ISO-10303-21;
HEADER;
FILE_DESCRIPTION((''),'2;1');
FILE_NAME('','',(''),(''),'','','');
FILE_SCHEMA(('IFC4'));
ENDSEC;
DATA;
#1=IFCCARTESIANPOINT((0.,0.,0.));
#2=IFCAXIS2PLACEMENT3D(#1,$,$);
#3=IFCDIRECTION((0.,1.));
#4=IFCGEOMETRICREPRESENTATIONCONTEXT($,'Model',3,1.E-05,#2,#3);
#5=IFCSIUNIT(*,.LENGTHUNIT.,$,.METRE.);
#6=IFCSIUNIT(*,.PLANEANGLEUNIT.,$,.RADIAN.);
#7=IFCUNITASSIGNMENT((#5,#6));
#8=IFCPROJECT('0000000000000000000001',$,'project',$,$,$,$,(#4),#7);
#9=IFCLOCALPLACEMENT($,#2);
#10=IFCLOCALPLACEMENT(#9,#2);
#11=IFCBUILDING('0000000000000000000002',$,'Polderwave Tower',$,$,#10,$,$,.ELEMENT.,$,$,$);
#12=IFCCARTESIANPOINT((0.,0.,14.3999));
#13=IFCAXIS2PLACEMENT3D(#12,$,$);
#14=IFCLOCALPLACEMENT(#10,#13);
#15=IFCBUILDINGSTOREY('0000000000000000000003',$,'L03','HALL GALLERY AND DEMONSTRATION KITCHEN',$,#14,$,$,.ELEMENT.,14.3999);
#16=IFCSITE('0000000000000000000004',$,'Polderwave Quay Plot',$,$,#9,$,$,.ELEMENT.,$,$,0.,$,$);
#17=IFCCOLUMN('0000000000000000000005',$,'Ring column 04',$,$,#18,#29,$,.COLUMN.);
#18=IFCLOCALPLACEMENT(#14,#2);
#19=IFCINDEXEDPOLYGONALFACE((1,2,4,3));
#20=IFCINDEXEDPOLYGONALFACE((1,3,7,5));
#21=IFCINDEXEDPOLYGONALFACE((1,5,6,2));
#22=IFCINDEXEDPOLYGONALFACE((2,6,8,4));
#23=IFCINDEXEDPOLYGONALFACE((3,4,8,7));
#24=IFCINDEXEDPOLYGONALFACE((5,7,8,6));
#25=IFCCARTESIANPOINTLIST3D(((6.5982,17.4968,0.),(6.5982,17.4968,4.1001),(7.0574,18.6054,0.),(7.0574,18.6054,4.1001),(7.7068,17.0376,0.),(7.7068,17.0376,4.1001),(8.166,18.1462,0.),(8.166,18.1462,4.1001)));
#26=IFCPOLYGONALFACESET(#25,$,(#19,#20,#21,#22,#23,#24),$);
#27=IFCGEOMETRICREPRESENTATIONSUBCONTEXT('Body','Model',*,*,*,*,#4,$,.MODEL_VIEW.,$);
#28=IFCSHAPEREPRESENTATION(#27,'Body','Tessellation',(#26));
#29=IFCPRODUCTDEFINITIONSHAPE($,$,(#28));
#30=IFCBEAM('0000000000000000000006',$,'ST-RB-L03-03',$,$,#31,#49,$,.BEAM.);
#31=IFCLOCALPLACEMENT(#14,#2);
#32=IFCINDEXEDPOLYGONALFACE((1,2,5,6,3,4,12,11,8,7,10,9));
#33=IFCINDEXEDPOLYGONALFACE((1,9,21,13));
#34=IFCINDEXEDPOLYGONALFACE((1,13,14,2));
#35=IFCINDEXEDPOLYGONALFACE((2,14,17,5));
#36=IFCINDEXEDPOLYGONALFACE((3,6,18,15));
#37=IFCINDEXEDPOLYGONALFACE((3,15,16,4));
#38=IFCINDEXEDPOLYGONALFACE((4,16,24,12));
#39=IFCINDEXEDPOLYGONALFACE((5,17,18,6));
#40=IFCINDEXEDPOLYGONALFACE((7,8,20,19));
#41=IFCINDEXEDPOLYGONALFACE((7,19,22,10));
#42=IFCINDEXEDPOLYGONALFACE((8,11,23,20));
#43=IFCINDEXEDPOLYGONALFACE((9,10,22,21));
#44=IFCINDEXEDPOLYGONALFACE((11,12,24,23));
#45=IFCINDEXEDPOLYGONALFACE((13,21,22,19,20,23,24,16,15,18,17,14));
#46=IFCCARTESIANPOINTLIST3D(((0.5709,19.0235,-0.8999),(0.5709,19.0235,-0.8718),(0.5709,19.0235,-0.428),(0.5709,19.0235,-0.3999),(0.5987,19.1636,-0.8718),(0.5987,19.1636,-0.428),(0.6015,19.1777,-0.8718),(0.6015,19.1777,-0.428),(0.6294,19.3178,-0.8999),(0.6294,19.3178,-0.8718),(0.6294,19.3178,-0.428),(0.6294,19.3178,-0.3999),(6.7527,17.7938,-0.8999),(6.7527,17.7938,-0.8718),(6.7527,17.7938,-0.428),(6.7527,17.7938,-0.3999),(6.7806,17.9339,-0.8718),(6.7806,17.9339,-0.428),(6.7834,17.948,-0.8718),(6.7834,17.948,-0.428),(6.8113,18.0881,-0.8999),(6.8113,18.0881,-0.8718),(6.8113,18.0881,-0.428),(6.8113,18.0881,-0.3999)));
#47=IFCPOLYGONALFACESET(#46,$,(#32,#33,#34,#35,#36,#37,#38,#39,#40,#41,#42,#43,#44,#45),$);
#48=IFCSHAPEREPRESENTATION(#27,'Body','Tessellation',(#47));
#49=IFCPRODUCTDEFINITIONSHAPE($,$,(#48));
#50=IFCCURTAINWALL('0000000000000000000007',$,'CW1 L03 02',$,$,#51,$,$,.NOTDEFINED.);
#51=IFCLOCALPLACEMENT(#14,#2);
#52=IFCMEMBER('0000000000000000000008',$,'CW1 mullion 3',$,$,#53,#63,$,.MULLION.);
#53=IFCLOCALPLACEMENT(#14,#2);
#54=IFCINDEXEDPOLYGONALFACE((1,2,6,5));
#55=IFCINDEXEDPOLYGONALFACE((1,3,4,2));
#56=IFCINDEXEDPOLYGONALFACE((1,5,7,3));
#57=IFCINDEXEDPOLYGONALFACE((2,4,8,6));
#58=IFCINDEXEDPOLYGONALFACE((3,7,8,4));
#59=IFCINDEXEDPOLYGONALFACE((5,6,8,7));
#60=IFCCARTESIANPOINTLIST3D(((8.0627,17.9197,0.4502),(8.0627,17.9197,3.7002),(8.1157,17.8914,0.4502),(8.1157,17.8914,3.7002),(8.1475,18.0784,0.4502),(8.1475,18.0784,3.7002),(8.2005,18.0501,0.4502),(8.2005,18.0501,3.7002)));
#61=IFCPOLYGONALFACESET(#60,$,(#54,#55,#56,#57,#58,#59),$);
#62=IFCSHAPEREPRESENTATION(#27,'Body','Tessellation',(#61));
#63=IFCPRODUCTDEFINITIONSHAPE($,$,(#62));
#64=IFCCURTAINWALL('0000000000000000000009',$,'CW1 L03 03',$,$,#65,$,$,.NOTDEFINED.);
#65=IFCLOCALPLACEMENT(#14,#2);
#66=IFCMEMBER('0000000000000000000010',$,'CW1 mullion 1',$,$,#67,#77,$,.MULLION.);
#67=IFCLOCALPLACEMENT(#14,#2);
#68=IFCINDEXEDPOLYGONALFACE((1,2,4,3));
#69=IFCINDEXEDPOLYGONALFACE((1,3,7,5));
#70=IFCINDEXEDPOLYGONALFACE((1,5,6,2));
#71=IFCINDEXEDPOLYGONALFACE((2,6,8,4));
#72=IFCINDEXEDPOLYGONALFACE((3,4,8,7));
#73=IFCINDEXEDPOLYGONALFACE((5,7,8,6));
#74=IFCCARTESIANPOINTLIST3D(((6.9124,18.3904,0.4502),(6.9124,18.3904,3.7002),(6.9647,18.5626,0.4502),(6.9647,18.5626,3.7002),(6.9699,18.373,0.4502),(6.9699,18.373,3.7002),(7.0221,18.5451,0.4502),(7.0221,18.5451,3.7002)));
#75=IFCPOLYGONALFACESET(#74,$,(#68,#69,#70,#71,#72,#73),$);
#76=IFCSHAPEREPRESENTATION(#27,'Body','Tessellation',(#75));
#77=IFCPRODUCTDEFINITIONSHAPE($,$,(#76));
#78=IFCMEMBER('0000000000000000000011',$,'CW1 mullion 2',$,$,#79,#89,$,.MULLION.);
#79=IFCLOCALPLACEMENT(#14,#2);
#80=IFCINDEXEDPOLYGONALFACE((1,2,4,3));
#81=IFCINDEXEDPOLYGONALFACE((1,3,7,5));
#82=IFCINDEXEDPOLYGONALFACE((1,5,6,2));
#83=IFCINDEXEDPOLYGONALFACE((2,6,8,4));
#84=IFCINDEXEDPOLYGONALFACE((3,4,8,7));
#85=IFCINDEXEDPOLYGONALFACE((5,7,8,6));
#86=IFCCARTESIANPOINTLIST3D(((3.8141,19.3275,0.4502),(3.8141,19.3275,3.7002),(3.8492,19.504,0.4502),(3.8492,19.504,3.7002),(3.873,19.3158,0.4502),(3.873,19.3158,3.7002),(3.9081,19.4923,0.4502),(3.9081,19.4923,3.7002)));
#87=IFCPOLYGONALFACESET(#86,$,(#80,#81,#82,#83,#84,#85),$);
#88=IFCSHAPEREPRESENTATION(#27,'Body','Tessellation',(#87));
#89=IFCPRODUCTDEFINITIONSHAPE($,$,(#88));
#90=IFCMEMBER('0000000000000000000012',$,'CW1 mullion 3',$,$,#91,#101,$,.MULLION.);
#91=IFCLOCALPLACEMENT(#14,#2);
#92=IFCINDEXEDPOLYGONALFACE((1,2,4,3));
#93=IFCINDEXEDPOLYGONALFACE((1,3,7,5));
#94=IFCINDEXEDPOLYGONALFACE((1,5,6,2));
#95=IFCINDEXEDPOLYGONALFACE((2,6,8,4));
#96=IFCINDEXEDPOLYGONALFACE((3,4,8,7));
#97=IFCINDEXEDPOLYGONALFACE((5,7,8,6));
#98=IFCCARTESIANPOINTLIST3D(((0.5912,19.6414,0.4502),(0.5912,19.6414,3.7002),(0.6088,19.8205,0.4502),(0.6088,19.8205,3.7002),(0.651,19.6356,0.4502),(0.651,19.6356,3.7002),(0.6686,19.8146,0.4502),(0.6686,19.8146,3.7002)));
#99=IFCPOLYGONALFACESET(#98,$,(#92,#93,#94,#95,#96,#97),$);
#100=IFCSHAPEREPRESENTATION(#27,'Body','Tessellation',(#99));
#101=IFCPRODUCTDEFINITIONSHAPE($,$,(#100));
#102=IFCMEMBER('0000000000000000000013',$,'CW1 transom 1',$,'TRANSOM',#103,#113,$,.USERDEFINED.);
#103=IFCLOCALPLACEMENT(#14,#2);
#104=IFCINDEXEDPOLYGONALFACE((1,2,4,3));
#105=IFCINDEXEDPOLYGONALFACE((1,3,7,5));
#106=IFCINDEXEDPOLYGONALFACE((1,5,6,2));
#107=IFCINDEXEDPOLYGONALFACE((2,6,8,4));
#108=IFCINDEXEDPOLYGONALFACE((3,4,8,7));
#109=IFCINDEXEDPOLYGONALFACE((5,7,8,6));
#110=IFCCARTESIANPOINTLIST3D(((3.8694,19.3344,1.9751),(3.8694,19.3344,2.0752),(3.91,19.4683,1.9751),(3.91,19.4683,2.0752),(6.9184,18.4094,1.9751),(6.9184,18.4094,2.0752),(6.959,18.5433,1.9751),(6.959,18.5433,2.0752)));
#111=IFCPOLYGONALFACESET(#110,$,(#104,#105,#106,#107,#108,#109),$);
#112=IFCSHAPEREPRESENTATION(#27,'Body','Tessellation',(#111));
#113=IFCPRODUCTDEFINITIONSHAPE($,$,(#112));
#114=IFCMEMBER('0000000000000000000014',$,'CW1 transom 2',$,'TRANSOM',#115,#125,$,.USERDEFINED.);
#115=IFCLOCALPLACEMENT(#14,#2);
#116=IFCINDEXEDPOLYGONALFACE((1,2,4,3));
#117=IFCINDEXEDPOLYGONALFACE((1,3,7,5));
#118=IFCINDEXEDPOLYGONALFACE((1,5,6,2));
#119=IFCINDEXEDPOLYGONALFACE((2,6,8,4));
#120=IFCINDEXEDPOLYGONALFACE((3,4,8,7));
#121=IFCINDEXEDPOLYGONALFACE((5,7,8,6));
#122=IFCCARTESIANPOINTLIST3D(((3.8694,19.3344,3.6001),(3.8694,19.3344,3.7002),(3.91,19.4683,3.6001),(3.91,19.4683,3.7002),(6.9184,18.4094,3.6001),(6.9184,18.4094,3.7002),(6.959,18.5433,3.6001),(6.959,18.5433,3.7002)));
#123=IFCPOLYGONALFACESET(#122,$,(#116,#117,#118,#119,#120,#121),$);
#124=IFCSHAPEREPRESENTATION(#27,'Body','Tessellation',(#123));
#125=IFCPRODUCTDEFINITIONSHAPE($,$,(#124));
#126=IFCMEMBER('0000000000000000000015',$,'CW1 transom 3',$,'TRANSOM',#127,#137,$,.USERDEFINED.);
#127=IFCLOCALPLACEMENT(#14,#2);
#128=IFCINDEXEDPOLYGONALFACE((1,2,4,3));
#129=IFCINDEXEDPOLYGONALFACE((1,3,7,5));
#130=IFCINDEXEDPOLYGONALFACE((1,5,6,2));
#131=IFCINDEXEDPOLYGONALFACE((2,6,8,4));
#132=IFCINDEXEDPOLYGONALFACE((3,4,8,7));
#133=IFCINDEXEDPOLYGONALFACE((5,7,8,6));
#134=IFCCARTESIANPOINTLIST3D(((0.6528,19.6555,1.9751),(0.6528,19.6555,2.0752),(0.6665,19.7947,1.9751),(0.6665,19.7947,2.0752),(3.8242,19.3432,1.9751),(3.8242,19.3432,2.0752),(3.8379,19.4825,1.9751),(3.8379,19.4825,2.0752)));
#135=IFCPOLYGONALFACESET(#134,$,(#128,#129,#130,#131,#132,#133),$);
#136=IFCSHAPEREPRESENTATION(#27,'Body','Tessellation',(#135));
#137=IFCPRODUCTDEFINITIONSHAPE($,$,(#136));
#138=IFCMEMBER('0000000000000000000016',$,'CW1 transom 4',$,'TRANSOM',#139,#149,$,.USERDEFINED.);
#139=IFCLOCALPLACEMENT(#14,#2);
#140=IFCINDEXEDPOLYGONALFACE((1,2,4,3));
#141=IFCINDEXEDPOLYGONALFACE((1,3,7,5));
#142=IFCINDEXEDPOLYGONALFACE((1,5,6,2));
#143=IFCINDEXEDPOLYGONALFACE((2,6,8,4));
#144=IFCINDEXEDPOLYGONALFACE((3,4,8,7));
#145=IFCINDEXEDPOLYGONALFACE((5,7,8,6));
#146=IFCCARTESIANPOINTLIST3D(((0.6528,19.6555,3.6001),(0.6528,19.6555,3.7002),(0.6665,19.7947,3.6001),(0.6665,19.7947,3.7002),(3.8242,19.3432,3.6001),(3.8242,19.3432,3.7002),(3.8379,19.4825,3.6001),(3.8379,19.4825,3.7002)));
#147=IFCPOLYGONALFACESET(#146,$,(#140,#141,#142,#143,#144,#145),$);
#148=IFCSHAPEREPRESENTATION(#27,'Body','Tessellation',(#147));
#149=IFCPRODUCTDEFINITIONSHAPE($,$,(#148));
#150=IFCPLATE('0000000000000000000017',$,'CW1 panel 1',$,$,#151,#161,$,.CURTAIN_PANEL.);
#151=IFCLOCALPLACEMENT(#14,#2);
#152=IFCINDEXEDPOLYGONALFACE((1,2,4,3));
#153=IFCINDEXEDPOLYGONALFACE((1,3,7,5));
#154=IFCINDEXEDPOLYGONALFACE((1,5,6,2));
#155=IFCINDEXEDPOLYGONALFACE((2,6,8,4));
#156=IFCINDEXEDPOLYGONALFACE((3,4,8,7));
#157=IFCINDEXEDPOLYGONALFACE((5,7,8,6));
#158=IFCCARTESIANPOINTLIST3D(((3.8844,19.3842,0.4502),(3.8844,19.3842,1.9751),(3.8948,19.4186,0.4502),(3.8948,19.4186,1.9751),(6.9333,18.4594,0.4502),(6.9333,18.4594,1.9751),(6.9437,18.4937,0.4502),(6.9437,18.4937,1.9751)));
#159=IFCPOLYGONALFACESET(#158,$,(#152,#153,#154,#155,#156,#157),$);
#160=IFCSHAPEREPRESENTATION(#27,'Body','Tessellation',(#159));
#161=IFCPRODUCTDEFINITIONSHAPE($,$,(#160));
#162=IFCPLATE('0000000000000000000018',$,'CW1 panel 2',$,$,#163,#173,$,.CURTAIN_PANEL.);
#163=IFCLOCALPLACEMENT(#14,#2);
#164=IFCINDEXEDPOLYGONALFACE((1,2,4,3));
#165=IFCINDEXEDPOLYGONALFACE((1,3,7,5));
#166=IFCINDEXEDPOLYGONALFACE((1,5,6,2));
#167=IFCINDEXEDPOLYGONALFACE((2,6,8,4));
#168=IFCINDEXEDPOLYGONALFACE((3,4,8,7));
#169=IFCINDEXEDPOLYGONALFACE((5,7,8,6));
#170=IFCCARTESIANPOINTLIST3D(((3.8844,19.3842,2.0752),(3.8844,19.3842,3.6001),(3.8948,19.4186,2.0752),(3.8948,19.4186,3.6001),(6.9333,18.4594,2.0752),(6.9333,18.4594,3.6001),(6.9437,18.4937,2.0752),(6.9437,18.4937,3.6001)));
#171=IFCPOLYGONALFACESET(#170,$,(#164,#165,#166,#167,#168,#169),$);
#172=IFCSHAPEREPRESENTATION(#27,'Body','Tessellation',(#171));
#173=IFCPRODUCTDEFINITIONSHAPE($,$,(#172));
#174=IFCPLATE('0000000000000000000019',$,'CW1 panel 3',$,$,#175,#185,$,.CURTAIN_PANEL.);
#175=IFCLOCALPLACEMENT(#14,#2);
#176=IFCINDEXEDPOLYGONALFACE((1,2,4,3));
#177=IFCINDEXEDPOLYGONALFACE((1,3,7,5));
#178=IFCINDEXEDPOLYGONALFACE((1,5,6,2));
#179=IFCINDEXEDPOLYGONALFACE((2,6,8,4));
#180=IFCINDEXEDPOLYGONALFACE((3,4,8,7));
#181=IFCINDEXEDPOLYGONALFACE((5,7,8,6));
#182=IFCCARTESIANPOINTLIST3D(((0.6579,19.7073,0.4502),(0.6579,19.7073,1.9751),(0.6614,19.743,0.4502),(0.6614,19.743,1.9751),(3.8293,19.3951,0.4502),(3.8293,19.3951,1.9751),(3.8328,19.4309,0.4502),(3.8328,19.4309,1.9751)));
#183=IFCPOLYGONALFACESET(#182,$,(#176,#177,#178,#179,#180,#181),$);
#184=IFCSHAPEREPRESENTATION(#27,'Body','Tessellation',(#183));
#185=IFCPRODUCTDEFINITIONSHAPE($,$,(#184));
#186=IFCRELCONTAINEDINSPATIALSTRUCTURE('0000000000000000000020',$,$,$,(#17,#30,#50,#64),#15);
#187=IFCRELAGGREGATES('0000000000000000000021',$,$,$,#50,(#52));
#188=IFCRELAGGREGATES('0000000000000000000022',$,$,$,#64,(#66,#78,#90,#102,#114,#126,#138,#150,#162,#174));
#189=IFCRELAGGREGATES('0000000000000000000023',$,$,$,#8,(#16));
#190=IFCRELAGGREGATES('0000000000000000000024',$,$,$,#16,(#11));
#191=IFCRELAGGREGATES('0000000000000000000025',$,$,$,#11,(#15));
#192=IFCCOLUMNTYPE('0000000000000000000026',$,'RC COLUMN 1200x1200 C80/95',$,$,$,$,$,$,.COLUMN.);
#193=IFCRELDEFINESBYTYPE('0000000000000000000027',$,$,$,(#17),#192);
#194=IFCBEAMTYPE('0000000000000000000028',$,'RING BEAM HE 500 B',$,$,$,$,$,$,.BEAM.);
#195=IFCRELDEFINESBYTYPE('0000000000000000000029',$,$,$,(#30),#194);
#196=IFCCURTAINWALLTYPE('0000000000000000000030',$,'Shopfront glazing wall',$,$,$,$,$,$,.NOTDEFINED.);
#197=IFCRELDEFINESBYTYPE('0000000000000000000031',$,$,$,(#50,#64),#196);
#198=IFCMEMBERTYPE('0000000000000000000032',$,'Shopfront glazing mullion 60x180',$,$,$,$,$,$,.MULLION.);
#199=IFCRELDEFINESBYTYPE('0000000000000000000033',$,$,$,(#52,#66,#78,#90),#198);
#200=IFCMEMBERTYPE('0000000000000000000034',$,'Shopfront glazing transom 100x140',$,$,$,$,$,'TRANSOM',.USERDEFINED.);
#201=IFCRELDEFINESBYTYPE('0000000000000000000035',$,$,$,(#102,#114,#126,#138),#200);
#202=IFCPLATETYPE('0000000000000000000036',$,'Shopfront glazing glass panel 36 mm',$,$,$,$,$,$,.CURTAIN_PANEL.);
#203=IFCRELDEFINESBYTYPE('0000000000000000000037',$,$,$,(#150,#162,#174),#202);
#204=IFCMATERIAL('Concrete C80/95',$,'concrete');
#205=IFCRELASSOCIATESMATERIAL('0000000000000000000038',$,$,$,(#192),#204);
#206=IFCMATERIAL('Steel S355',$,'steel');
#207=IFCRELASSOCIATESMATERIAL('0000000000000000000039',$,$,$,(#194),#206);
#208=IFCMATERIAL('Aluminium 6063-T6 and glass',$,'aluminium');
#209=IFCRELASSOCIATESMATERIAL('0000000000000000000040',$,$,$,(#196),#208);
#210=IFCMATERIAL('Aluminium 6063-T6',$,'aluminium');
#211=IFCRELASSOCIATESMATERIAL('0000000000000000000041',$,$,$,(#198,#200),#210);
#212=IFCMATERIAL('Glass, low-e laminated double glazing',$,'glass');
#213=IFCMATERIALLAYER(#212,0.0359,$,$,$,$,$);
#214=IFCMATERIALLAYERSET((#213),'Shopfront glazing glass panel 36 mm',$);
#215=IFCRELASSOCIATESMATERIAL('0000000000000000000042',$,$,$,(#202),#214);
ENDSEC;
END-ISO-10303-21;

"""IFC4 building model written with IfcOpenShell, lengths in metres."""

from ifc_helpers import new_model, si_unit, direction, frame, origin, origin_2d, place, context, subcontext, project, spatial, rectangle, i_section, extrude, material, layer, layer_set, material_profile, profile_set, type_object, element, aggregate, save


model = new_model("IFC4")

# Units and contexts
model_context = context("Model", 3, precision=1e-05, world=origin(), true_north=direction((0.0, 1.0)))
body_context = subcontext(model_context, "Body", "Model", "MODEL_VIEW")
ifc_project = project(units=[si_unit("LENGTHUNIT", "METRE"), si_unit("PLANEANGLEUNIT", "RADIAN")], contexts=[model_context])

# Site, building, storey
site_placement = place(None, origin())
site = spatial("IfcSite", under=ifc_project, at=site_placement, Name="Polderwave Quay Plot", CompositionType="ELEMENT", RefElevation=0.0)
building_placement = place(site_placement, origin())
building = spatial("IfcBuilding", under=site, at=building_placement, Name="Polderwave Tower", CompositionType="ELEMENT")
storey_placement = place(building_placement, frame((0.0, 0.0, 14.3999)))
storey = spatial("IfcBuildingStorey", under=building, at=storey_placement, Name="L03", Description="HALL GALLERY AND DEMONSTRATION KITCHEN", CompositionType="ELEMENT", Elevation=14.3999)

# Column
ifc_material_1 = material(Name="Concrete C80/95", Category="concrete")
ifc_material_profile_1 = material_profile(ifc_material_1, rectangle(XDim=1.2, YDim=1.2, at=origin_2d()), Name="RC 1200x1200")
ifc_profile_set_1 = profile_set([ifc_material_profile_1], Name="Concrete C80/95")
column_type = type_object("IfcColumnType", Name="RC COLUMN 1200x1200 C80/95", PredefinedType="COLUMN", material=ifc_profile_set_1)
column_placement = place(storey_placement, frame((7.3821, 17.8215, 0.0), z_axis=(0.0, 0.0, 1.0), x_axis=(0.382683, 0.92388, 0.0)))
element("IfcColumn", 1, at=column_placement, inside=storey, type_object=column_type, Name="Ring column 04", PredefinedType="COLUMN", context=body_context, shape_type="SweptSolid", body=[
    extrude(rectangle(XDim=1.2, YDim=1.2, at=origin_2d()), origin(), (0.0, 0.0, 1.0), 4.1001),
])

# Beam
ifc_material_2 = material(Name="Steel S355", Category="steel")
ifc_material_profile_2 = material_profile(ifc_material_2, i_section(OverallWidth=0.3, OverallDepth=0.5, WebThickness=0.0144, FlangeThickness=0.0281, at=origin_2d()), Name="HE 500 B")
ifc_profile_set_2 = profile_set([ifc_material_profile_2], Name="Steel S355")
beam_type = type_object("IfcBeamType", Name="RING BEAM HE 500 B", PredefinedType="BEAM", material=ifc_profile_set_2)
beam_placement = place(storey_placement, frame((6.782, 17.9409, -0.6499), z_axis=(-0.980783, 0.195103, 0.0), x_axis=(-0.195103, -0.980783, 0.0)))
element("IfcBeam", 2, at=beam_placement, inside=storey, type_object=beam_type, Name="ST-RB-L03-03", PredefinedType="BEAM", context=body_context, shape_type="SweptSolid", body=[
    extrude(i_section(OverallWidth=0.3, OverallDepth=0.5, WebThickness=0.0144, FlangeThickness=0.0281, at=origin_2d()), origin(), (0.0, 0.0, 1.0), 6.303),
])

# Curtain wall, member
ifc_material_3 = material(Name="Aluminium 6063-T6 and glass", Category="aluminium")
curtain_wall_type = type_object("IfcCurtainWallType", Name="Shopfront glazing wall", PredefinedType="NOTDEFINED", material=ifc_material_3)
curtain_wall_1_placement = place(storey_placement, origin())
curtain_wall_1 = element("IfcCurtainWall", 3, at=curtain_wall_1_placement, inside=storey, type_object=curtain_wall_type, Name="CW1 L03 02", PredefinedType="NOTDEFINED")
ifc_material_4 = material(Name="Aluminium 6063-T6", Category="aluminium")
ifc_material_profile_3 = material_profile(ifc_material_4, rectangle(XDim=0.1799, YDim=0.0601, at=origin_2d()), Name="AL 60x180")
ifc_profile_set_3 = profile_set([ifc_material_profile_3], Name="Aluminium 6063-T6")
member_type_1 = type_object("IfcMemberType", Name="Shopfront glazing mullion 60x180", PredefinedType="MULLION", material=ifc_profile_set_3)
member_1_placement = place(storey_placement, frame((8.1316, 17.9849, 0.4502), z_axis=(0.0, 0.0, 1.0), x_axis=(-0.471221, -0.882015, 0.0)))
member_1 = element("IfcMember", 4, at=member_1_placement, type_object=member_type_1, Name="CW1 mullion 3", PredefinedType="MULLION", context=body_context, shape_type="SweptSolid", body=[
    extrude(rectangle(XDim=0.1799, YDim=0.0601, at=origin_2d()), origin(), (0.0, 0.0, 1.0), 3.25),
])
aggregate(curtain_wall_1, [member_1])

# Curtain wall, members, plates
curtain_wall_2_placement = place(storey_placement, origin())
curtain_wall_2 = element("IfcCurtainWall", 5, at=curtain_wall_2_placement, inside=storey, type_object=curtain_wall_type, Name="CW1 L03 03", PredefinedType="NOTDEFINED")
member_2_placement = place(storey_placement, frame((6.9673, 18.4678, 0.4502), z_axis=(0.0, 0.0, 1.0), x_axis=(-0.290286, -0.95694, 0.0)))
member_2 = element("IfcMember", 6, at=member_2_placement, type_object=member_type_1, Name="CW1 mullion 1", PredefinedType="MULLION", context=body_context, shape_type="SweptSolid", body=[
    extrude(rectangle(XDim=0.1799, YDim=0.0601, at=origin_2d()), origin(), (0.0, 0.0, 1.0), 3.25),
])
member_3_placement = place(storey_placement, frame((3.8611, 19.4099, 0.4502), z_axis=(0.0, 0.0, 1.0), x_axis=(-0.195065, -0.98079, 0.0)))
member_3 = element("IfcMember", 7, at=member_3_placement, type_object=member_type_1, Name="CW1 mullion 2", PredefinedType="MULLION", context=body_context, shape_type="SweptSolid", body=[
    extrude(rectangle(XDim=0.1799, YDim=0.0601, at=origin_2d()), origin(), (0.0, 0.0, 1.0), 3.25),
])
member_4_placement = place(storey_placement, frame((0.6299, 19.728, 0.4502), z_axis=(0.0, 0.0, 1.0), x_axis=(-0.097963, -0.99519, 0.0)))
member_4 = element("IfcMember", 8, at=member_4_placement, type_object=member_type_1, Name="CW1 mullion 3", PredefinedType="MULLION", context=body_context, shape_type="SweptSolid", body=[
    extrude(rectangle(XDim=0.1799, YDim=0.0601, at=origin_2d()), origin(), (0.0, 0.0, 1.0), 3.25),
])
ifc_material_profile_4 = material_profile(ifc_material_4, rectangle(XDim=0.1399, YDim=0.1001, at=origin_2d()), Name="AL 100x140")
ifc_profile_set_4 = profile_set([ifc_material_profile_4], Name="Aluminium 6063-T6")
member_type_2 = type_object("IfcMemberType", Name="Shopfront glazing transom 100x140", ElementType="TRANSOM", PredefinedType="USERDEFINED", material=ifc_profile_set_4)
member_5_placement = place(storey_placement, frame((6.9387, 18.4763, 2.0251), z_axis=(-0.95693, 0.29032, 0.0), x_axis=(-0.29032, -0.95693, 0.0)))
member_5 = element("IfcMember", 9, at=member_5_placement, type_object=member_type_2, Name="CW1 transom 1", ObjectType="TRANSOM", PredefinedType="USERDEFINED", context=body_context, shape_type="SweptSolid", body=[
    extrude(rectangle(XDim=0.1399, YDim=0.1001, at=origin_2d()), origin(), (0.0, 0.0, 1.0), 3.1863),
])
member_6_placement = place(storey_placement, frame((6.9387, 18.4763, 3.6501), z_axis=(-0.95693, 0.29032, 0.0), x_axis=(-0.29032, -0.95693, 0.0)))
member_6 = element("IfcMember", 10, at=member_6_placement, type_object=member_type_2, Name="CW1 transom 2", ObjectType="TRANSOM", PredefinedType="USERDEFINED", context=body_context, shape_type="SweptSolid", body=[
    extrude(rectangle(XDim=0.1399, YDim=0.1001, at=origin_2d()), origin(), (0.0, 0.0, 1.0), 3.1863),
])
member_7_placement = place(storey_placement, frame((3.8311, 19.4128, 2.0251), z_axis=(-0.995188, 0.097987, 0.0), x_axis=(-0.097987, -0.995188, 0.0)))
member_7 = element("IfcMember", 11, at=member_7_placement, type_object=member_type_2, Name="CW1 transom 3", ObjectType="TRANSOM", PredefinedType="USERDEFINED", context=body_context, shape_type="SweptSolid", body=[
    extrude(rectangle(XDim=0.1399, YDim=0.1001, at=origin_2d()), origin(), (0.0, 0.0, 1.0), 3.1868),
])
member_8_placement = place(storey_placement, frame((3.8311, 19.4128, 3.6501), z_axis=(-0.995188, 0.097987, 0.0), x_axis=(-0.097987, -0.995188, 0.0)))
member_8 = element("IfcMember", 12, at=member_8_placement, type_object=member_type_2, Name="CW1 transom 4", ObjectType="TRANSOM", PredefinedType="USERDEFINED", context=body_context, shape_type="SweptSolid", body=[
    extrude(rectangle(XDim=0.1399, YDim=0.1001, at=origin_2d()), origin(), (0.0, 0.0, 1.0), 3.1868),
])
ifc_material_5 = material(Name="Glass, low-e laminated double glazing", Category="glass")
ifc_layer_1 = layer(ifc_material_5, 0.0359)
ifc_layer_set_1 = layer_set([ifc_layer_1], Name="Shopfront glazing glass panel 36 mm")
plate_type = type_object("IfcPlateType", Name="Shopfront glazing glass panel 36 mm", PredefinedType="CURTAIN_PANEL", material=ifc_layer_set_1)
plate_1_placement = place(storey_placement, frame((5.4141, 18.939, 0.4502), z_axis=(0.0, 0.0, 1.0), x_axis=(-0.95694, 0.290286, 0.0)))
plate_1 = element("IfcPlate", 13, at=plate_1_placement, type_object=plate_type, Name="CW1 panel 1", PredefinedType="CURTAIN_PANEL", context=body_context, shape_type="SweptSolid", body=[
    extrude(rectangle(XDim=3.186, YDim=0.0359, at=origin_2d()), origin(), (0.0, 0.0, 1.0), 1.5249),
])
plate_2_placement = place(storey_placement, frame((5.4141, 18.939, 2.0752), z_axis=(0.0, 0.0, 1.0), x_axis=(-0.95694, 0.290286, 0.0)))
plate_2 = element("IfcPlate", 14, at=plate_2_placement, type_object=plate_type, Name="CW1 panel 2", PredefinedType="CURTAIN_PANEL", context=body_context, shape_type="SweptSolid", body=[
    extrude(rectangle(XDim=3.186, YDim=0.0359, at=origin_2d()), origin(), (0.0, 0.0, 1.0), 1.5249),
])
plate_3_placement = place(storey_placement, frame((2.2454, 19.5691, 0.4502), z_axis=(0.0, 0.0, 1.0), x_axis=(-0.99519, 0.097963, 0.0)))
plate_3 = element("IfcPlate", 15, at=plate_3_placement, type_object=plate_type, Name="CW1 panel 3", PredefinedType="CURTAIN_PANEL", context=body_context, shape_type="SweptSolid", body=[
    extrude(rectangle(XDim=3.1868, YDim=0.0359, at=origin_2d()), origin(), (0.0, 0.0, 1.0), 1.5249),
])
aggregate(curtain_wall_2, [member_2, member_3, member_4, member_5, member_6, member_7, member_8, plate_1, plate_2, plate_3])

save(model, "model.ifc")
